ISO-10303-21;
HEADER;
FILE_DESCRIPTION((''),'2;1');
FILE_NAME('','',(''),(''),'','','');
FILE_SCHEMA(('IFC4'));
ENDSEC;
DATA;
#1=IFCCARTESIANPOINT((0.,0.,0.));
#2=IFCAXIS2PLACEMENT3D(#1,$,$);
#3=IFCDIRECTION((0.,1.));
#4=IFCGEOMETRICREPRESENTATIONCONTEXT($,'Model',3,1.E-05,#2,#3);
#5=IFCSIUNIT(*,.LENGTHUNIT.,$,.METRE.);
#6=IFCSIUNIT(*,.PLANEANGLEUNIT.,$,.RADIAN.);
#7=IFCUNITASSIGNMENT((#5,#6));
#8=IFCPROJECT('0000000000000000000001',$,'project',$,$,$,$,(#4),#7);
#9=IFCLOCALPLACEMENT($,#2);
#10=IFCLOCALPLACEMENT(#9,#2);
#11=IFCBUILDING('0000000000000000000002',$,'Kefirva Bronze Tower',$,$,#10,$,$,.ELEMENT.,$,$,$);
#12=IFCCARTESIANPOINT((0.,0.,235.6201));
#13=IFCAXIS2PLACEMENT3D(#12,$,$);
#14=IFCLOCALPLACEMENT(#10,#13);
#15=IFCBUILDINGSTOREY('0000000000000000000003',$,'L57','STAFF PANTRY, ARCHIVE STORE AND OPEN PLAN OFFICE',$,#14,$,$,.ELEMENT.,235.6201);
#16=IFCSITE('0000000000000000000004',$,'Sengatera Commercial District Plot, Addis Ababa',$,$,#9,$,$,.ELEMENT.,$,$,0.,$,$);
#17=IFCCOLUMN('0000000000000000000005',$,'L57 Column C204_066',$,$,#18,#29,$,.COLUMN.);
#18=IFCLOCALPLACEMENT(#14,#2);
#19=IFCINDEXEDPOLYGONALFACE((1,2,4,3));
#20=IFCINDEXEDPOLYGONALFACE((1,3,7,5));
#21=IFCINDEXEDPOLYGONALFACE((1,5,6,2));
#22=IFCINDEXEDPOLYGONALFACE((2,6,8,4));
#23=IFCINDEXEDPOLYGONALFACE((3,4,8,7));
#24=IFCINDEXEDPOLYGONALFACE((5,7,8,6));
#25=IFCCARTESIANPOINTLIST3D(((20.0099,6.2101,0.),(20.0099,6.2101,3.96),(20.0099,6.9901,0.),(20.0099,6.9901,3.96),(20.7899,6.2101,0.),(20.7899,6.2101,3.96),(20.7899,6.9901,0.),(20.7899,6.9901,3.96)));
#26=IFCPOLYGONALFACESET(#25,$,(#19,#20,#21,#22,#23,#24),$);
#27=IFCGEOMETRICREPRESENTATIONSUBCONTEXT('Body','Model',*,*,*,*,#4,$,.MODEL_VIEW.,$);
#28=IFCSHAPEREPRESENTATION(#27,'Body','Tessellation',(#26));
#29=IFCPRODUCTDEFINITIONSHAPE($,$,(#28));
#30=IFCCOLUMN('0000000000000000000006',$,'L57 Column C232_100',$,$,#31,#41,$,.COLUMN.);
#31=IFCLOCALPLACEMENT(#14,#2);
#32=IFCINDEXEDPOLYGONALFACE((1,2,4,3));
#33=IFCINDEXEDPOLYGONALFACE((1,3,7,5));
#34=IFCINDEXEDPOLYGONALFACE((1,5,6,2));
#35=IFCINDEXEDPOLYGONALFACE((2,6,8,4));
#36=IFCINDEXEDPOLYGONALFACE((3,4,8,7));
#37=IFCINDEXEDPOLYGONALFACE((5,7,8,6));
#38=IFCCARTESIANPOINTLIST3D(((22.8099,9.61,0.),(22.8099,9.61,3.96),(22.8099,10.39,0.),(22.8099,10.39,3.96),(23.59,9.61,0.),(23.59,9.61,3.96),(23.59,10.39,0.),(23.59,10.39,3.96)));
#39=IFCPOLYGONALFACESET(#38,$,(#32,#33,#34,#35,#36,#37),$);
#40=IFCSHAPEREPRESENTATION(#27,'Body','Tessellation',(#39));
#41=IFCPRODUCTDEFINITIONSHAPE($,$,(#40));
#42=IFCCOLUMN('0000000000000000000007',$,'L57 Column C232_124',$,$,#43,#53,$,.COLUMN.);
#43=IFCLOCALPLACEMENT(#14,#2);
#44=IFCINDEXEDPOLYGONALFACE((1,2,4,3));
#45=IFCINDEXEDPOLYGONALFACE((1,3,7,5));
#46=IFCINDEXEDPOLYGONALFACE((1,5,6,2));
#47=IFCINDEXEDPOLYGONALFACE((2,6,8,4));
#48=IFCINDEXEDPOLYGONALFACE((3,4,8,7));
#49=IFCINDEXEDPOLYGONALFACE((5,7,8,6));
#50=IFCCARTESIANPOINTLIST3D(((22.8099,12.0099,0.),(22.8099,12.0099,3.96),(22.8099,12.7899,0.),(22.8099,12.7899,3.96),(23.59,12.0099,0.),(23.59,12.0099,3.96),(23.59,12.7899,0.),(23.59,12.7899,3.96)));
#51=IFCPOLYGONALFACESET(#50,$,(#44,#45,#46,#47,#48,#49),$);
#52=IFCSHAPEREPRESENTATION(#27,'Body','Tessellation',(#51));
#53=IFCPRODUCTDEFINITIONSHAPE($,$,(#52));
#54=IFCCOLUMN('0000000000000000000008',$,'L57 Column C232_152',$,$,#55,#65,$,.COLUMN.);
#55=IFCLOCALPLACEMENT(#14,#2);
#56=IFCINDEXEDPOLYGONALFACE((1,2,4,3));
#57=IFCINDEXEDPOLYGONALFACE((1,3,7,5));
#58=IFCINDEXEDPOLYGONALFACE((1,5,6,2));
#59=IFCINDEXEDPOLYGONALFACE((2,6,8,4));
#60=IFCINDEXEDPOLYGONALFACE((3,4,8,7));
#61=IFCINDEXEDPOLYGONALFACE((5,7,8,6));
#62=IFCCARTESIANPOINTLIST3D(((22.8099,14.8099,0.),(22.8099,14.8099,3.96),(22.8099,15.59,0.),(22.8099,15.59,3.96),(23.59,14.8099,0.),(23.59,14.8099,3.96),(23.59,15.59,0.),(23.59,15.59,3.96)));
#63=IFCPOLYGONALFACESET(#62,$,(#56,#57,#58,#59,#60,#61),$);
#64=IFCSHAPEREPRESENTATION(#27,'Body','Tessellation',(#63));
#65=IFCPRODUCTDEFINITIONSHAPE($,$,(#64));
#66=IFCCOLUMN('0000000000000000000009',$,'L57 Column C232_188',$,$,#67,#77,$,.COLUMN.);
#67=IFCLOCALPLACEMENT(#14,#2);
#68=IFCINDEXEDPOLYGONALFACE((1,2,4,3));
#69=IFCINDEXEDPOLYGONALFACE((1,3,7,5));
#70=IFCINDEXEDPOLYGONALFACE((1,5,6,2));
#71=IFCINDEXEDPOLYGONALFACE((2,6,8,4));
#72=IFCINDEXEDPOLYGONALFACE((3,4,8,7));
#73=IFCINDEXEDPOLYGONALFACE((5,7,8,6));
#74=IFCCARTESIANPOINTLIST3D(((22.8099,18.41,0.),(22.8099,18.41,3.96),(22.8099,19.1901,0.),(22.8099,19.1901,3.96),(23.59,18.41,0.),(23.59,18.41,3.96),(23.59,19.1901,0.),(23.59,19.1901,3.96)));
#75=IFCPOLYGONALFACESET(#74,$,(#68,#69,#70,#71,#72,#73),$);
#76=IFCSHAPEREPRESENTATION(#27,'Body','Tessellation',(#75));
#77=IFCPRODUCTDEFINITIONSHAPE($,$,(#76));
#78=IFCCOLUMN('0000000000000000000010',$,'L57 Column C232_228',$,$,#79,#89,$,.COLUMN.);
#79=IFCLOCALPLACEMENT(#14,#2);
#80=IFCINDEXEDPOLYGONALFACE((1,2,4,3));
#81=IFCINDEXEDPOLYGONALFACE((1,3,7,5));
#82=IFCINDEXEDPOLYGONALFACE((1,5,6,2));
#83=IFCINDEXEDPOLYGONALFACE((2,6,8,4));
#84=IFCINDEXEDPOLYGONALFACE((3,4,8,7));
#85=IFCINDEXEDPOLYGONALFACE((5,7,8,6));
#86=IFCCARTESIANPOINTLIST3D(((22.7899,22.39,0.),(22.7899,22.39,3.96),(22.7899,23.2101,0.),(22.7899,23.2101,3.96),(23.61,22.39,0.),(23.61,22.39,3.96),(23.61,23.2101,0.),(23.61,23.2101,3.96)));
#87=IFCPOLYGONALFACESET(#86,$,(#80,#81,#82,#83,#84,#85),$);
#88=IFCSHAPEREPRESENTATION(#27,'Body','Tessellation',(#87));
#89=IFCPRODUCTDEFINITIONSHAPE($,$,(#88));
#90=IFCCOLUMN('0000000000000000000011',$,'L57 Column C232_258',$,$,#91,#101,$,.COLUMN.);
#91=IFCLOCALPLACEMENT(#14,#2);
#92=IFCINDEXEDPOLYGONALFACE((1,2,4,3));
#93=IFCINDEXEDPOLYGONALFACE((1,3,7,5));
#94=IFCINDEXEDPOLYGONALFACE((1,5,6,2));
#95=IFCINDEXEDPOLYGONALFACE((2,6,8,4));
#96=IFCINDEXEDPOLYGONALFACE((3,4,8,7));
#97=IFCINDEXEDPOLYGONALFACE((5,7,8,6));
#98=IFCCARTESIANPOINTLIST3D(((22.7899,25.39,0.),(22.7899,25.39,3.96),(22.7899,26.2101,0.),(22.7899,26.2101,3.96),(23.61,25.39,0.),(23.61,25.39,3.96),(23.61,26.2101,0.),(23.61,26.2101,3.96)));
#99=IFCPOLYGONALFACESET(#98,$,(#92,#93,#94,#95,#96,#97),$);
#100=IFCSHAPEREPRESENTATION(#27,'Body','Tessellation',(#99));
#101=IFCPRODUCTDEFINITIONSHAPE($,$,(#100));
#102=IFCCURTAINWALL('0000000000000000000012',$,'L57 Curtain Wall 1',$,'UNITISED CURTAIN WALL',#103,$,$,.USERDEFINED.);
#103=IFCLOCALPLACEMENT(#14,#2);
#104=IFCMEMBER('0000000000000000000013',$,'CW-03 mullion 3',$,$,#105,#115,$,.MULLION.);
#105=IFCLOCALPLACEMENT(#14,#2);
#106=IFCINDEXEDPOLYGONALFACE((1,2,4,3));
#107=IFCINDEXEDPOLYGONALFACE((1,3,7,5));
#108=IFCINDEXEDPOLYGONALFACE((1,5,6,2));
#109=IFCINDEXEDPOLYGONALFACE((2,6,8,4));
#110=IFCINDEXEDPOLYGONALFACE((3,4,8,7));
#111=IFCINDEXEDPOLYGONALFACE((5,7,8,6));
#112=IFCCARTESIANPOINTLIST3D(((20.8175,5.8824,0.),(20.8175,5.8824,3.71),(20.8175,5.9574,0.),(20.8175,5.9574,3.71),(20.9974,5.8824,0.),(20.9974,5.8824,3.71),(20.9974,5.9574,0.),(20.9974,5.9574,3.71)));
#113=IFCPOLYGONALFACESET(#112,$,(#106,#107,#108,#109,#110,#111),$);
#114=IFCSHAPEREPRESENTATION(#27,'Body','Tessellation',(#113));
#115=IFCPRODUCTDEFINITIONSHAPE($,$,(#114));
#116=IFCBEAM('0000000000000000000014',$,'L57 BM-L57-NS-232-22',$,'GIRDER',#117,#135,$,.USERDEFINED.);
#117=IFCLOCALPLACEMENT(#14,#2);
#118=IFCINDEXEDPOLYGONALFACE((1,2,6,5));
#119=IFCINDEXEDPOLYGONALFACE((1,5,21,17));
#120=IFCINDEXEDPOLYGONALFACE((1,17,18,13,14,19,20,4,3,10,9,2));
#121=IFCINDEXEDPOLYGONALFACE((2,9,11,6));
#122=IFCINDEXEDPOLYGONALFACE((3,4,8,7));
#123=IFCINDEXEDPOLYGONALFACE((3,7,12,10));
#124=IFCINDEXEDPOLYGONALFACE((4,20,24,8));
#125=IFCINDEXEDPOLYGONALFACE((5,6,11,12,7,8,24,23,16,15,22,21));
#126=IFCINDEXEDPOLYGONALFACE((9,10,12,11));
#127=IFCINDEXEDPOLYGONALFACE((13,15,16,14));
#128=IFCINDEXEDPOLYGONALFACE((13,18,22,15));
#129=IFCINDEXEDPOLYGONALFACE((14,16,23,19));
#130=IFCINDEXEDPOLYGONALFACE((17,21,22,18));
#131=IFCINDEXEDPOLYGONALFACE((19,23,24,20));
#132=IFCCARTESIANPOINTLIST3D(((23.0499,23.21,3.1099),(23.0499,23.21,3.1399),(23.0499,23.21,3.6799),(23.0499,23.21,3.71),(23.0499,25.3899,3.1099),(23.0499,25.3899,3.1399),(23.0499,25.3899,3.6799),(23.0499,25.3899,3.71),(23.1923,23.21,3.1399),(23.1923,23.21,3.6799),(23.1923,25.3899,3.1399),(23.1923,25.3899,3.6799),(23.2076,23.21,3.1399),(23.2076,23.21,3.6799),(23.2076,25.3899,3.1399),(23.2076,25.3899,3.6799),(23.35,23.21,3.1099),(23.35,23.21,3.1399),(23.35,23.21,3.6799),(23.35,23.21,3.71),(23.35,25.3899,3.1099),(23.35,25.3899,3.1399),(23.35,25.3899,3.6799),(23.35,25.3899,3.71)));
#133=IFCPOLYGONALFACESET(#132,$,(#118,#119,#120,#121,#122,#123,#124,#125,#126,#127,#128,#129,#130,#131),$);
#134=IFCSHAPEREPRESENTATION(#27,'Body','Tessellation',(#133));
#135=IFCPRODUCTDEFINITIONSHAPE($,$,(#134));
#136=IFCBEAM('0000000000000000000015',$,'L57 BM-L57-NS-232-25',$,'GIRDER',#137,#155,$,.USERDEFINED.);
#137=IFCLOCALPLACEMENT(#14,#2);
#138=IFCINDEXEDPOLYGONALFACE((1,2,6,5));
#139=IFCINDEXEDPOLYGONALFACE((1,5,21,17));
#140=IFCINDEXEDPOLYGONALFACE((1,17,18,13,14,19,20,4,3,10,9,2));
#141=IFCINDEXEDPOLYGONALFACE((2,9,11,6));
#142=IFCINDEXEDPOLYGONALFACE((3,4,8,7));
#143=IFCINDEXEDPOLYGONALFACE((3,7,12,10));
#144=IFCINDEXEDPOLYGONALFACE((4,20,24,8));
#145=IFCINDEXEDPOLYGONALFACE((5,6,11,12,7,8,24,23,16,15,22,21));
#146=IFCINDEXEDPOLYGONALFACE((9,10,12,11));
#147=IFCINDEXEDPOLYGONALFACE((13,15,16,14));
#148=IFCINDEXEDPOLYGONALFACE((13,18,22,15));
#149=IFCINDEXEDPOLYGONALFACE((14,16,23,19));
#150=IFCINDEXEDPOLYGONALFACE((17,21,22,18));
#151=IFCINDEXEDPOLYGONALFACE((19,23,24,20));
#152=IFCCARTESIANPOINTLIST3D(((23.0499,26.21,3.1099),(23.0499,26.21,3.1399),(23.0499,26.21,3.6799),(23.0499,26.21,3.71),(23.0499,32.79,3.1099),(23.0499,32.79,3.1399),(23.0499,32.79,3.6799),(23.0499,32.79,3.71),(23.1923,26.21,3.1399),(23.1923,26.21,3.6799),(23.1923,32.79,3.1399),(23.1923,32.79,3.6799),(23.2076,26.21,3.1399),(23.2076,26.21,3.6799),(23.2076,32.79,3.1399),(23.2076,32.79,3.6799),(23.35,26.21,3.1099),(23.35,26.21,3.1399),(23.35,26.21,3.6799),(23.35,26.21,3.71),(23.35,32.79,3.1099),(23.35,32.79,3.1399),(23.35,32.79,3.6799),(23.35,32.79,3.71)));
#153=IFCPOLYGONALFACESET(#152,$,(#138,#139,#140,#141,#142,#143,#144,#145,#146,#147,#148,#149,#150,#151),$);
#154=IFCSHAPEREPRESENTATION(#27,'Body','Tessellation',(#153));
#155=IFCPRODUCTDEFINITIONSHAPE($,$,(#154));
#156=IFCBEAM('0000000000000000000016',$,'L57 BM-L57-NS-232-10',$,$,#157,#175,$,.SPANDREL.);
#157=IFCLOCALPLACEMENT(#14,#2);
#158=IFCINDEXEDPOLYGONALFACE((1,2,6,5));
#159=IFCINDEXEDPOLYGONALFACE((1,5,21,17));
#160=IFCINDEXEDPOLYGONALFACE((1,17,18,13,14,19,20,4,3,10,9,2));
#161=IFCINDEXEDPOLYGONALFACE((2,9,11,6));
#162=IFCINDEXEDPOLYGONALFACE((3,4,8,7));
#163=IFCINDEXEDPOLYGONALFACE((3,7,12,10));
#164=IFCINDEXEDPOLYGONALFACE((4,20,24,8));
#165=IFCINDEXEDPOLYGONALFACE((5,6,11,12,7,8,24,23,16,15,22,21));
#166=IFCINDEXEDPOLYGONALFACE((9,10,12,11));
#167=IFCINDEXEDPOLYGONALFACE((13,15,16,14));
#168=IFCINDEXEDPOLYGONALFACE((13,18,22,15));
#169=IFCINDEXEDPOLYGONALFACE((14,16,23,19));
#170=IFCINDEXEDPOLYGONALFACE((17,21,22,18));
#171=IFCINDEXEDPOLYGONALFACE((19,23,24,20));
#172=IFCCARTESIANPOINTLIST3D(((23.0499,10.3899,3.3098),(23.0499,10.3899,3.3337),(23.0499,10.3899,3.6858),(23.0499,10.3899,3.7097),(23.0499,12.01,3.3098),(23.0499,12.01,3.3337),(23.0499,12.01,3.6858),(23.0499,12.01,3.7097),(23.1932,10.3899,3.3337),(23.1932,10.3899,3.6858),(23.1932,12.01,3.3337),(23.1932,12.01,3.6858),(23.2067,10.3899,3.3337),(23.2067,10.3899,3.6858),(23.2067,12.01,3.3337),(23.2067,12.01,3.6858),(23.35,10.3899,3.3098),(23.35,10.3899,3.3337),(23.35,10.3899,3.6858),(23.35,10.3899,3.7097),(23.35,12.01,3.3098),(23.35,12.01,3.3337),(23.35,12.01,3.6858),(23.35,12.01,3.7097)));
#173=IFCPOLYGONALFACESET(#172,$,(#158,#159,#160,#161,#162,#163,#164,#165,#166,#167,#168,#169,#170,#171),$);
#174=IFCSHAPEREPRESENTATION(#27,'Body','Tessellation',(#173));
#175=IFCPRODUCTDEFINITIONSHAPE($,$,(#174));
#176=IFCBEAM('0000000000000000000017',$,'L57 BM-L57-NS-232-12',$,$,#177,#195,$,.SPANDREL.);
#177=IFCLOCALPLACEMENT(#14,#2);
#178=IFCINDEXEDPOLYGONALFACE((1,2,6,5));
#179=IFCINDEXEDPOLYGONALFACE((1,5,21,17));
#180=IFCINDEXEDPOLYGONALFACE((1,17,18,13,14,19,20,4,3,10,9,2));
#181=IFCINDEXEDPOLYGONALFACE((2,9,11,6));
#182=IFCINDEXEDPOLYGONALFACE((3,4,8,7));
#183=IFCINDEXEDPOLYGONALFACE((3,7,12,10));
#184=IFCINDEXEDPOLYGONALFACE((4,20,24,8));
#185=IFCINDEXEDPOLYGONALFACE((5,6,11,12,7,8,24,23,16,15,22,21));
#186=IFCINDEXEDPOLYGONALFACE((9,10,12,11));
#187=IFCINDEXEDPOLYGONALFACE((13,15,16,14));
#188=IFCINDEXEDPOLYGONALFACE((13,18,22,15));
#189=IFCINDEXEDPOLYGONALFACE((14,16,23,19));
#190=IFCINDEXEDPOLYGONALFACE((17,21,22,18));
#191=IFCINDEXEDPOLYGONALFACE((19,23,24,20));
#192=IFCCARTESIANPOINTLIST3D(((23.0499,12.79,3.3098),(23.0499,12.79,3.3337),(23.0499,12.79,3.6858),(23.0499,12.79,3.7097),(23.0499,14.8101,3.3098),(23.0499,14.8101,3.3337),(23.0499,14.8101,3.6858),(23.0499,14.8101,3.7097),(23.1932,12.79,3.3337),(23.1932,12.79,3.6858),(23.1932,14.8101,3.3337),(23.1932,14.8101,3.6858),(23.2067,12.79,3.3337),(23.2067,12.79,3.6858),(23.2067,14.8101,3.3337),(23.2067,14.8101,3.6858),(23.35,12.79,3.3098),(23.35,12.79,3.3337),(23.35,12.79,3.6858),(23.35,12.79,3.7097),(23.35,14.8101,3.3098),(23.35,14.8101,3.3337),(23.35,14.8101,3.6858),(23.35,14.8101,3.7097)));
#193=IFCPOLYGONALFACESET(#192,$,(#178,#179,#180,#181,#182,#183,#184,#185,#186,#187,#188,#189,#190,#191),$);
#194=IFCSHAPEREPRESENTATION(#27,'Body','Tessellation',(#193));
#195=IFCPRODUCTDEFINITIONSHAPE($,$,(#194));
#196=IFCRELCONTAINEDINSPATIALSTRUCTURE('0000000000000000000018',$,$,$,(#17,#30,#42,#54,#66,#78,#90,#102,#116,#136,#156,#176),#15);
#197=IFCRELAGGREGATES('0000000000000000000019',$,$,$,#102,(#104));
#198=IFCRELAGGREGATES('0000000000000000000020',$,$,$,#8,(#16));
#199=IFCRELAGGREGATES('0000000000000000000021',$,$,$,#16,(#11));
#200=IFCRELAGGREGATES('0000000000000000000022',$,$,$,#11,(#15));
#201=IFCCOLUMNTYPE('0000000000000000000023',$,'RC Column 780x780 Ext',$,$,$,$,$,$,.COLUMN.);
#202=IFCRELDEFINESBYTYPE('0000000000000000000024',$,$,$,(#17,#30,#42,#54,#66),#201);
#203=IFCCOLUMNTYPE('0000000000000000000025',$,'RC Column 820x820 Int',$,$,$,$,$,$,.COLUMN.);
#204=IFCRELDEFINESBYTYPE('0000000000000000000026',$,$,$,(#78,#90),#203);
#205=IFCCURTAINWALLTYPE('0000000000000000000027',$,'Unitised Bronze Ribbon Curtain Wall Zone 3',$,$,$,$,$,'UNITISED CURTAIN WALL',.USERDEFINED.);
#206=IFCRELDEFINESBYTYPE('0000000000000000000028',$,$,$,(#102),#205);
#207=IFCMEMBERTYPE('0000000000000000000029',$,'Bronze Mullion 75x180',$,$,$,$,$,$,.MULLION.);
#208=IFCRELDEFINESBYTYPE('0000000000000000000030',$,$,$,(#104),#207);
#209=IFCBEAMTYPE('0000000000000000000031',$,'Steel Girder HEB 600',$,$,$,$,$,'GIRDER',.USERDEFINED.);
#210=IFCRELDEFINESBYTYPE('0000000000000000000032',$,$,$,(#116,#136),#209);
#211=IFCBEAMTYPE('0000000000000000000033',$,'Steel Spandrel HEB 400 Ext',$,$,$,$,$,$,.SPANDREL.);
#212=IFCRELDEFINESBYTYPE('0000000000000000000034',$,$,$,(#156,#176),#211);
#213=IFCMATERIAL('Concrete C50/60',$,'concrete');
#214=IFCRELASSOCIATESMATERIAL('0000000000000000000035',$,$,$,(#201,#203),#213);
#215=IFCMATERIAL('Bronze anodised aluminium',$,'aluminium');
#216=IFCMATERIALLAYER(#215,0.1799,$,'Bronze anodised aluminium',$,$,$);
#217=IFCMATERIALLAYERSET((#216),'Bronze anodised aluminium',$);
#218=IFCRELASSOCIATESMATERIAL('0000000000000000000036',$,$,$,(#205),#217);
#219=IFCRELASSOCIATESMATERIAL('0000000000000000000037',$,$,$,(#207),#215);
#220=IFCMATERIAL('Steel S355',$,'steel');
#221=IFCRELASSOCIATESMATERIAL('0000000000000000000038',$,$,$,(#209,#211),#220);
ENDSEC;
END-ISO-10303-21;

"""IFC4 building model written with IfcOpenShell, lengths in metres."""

from ifc_helpers import new_model, si_unit, direction, frame, origin, origin_2d, place, context, subcontext, project, spatial, rectangle, i_section, extrude, material, layer, layer_set, material_profile, profile_set, type_object, element, aggregate, save


model = new_model("IFC4")

# Units and contexts
model_context = context("Model", 3, precision=1e-05, world=origin(), true_north=direction((0.0, 1.0)))
body_context = subcontext(model_context, "Body", "Model", "MODEL_VIEW")
ifc_project = project(units=[si_unit("LENGTHUNIT", "METRE"), si_unit("PLANEANGLEUNIT", "RADIAN")], contexts=[model_context])

# Site, building, storey
site_placement = place(None, origin())
site = spatial("IfcSite", under=ifc_project, at=site_placement, Name="Sengatera Commercial District Plot, Addis Ababa", CompositionType="ELEMENT", RefElevation=0.0)
building_placement = place(site_placement, origin())
building = spatial("IfcBuilding", under=site, at=building_placement, Name="Kefirva Bronze Tower", CompositionType="ELEMENT")
storey_placement = place(building_placement, frame((0.0, 0.0, 235.6201)))
storey = spatial("IfcBuildingStorey", under=building, at=storey_placement, Name="L57", Description="STAFF PANTRY, ARCHIVE STORE AND OPEN PLAN OFFICE", CompositionType="ELEMENT", Elevation=235.6201)

# Columns
ifc_material_1 = material(Name="Concrete C50/60", Category="concrete")
ifc_material_profile_1 = material_profile(ifc_material_1, rectangle(XDim=0.78, YDim=0.78, at=origin_2d()), Name="RC 780x780")
ifc_profile_set_1 = profile_set([ifc_material_profile_1], Name="Concrete C50/60")
column_type_1 = type_object("IfcColumnType", Name="RC Column 780x780 Ext", PredefinedType="COLUMN", material=ifc_profile_set_1)
for number, where, z_axis, x_axis, name in (
    (1, (20.3999, 6.6001, 0.0), (0.0, 0.0, 1.0), (1.0, 0.0, 0.0), "L57 Column C204_066"),
    (2, (23.2, 10.0, 0.0), (0.0, 0.0, 1.0), (1.0, 0.0, 0.0), "L57 Column C232_100"),
    (3, (23.2, 12.3999, 0.0), (0.0, 0.0, 1.0), (1.0, 0.0, 0.0), "L57 Column C232_124"),
    (4, (23.2, 15.2, 0.0), (0.0, 0.0, 1.0), (1.0, 0.0, 0.0), "L57 Column C232_152"),
    (5, (23.2, 18.8, 0.0), (0.0, 0.0, 1.0), (1.0, 0.0, 0.0), "L57 Column C232_188"),
):
    element("IfcColumn", number, at=place(storey_placement, frame(where, z_axis=z_axis, x_axis=x_axis)), inside=storey, type_object=column_type_1, Name=name, PredefinedType="COLUMN", context=body_context, shape_type="SweptSolid", body=[
        extrude(rectangle(XDim=0.78, YDim=0.78, at=origin_2d()), origin(), (0.0, 0.0, 1.0), 3.96),
    ])
ifc_material_profile_2 = material_profile(ifc_material_1, rectangle(XDim=0.8201, YDim=0.8201, at=origin_2d()), Name="RC 820x820")
ifc_profile_set_2 = profile_set([ifc_material_profile_2], Name="Concrete C50/60")
column_type_2 = type_object("IfcColumnType", Name="RC Column 820x820 Int", PredefinedType="COLUMN", material=ifc_profile_set_2)
for number, where, z_axis, x_axis, name in (
    (6, (23.2, 22.8, 0.0), (0.0, 0.0, 1.0), (1.0, 0.0, 0.0), "L57 Column C232_228"),
    (7, (23.2, 25.8, 0.0), (0.0, 0.0, 1.0), (1.0, 0.0, 0.0), "L57 Column C232_258"),
):
    element("IfcColumn", number, at=place(storey_placement, frame(where, z_axis=z_axis, x_axis=x_axis)), inside=storey, type_object=column_type_2, Name=name, PredefinedType="COLUMN", context=body_context, shape_type="SweptSolid", body=[
        extrude(rectangle(XDim=0.8201, YDim=0.8201, at=origin_2d()), origin(), (0.0, 0.0, 1.0), 3.96),
    ])

# Curtain wall, member
ifc_material_2 = material(Name="Bronze anodised aluminium", Category="aluminium")
ifc_layer_1 = layer(ifc_material_2, 0.1799, Name="Bronze anodised aluminium")
ifc_layer_set_1 = layer_set([ifc_layer_1], Name="Bronze anodised aluminium")
curtain_wall_type = type_object("IfcCurtainWallType", Name="Unitised Bronze Ribbon Curtain Wall Zone 3", ElementType="UNITISED CURTAIN WALL", PredefinedType="USERDEFINED", material=ifc_layer_set_1)
curtain_wall_placement = place(storey_placement, origin())
curtain_wall = element("IfcCurtainWall", 8, at=curtain_wall_placement, inside=storey, type_object=curtain_wall_type, Name="L57 Curtain Wall 1", ObjectType="UNITISED CURTAIN WALL", PredefinedType="USERDEFINED")
ifc_material_profile_3 = material_profile(ifc_material_2, rectangle(XDim=0.075, YDim=0.1799, at=origin_2d()), Name="ALU 75x180")
ifc_profile_set_3 = profile_set([ifc_material_profile_3], Name="Bronze anodised aluminium")
member_type = type_object("IfcMemberType", Name="Bronze Mullion 75x180", PredefinedType="MULLION", material=ifc_profile_set_3)
member_placement = place(storey_placement, frame((20.9075, 5.9199, 0.0), z_axis=(0.0, 0.0, 1.0), x_axis=(0.0, 1.0, 0.0)))
member = element("IfcMember", 9, at=member_placement, type_object=member_type, Name="CW-03 mullion 3", PredefinedType="MULLION", context=body_context, shape_type="SweptSolid", body=[
    extrude(rectangle(XDim=0.075, YDim=0.1799, at=origin_2d()), origin(), (0.0, 0.0, 1.0), 3.71),
])

# Beams
ifc_material_3 = material(Name="Steel S355", Category="steel")
ifc_material_profile_4 = material_profile(ifc_material_3, i_section(OverallWidth=0.3, OverallDepth=0.6001, WebThickness=0.0154, FlangeThickness=0.03, at=origin_2d()), Name="HEB 600")
ifc_profile_set_4 = profile_set([ifc_material_profile_4], Name="Steel S355")
beam_type_1 = type_object("IfcBeamType", Name="Steel Girder HEB 600", ElementType="GIRDER", PredefinedType="USERDEFINED", material=ifc_profile_set_4)
beam_1_placement = place(storey_placement, frame((23.2, 23.21, 3.4099), z_axis=(0.0, 1.0, 0.0), x_axis=(-1.0, 0.0, 0.0)))
element("IfcBeam", 10, at=beam_1_placement, inside=storey, type_object=beam_type_1, Name="L57 BM-L57-NS-232-22", ObjectType="GIRDER", PredefinedType="USERDEFINED", context=body_context, shape_type="SweptSolid", body=[
    extrude(i_section(OverallWidth=0.3, OverallDepth=0.6001, WebThickness=0.0154, FlangeThickness=0.03, at=origin_2d()), origin(), (0.0, 0.0, 1.0), 2.1799),
])
beam_2_placement = place(storey_placement, frame((23.2, 26.21, 3.4099), z_axis=(0.0, 1.0, 0.0), x_axis=(-1.0, 0.0, 0.0)))
element("IfcBeam", 11, at=beam_2_placement, inside=storey, type_object=beam_type_1, Name="L57 BM-L57-NS-232-25", ObjectType="GIRDER", PredefinedType="USERDEFINED", context=body_context, shape_type="SweptSolid", body=[
    extrude(i_section(OverallWidth=0.3, OverallDepth=0.6001, WebThickness=0.0154, FlangeThickness=0.03, at=origin_2d()), origin(), (0.0, 0.0, 1.0), 6.5801),
])
ifc_material_profile_5 = material_profile(ifc_material_3, i_section(OverallWidth=0.3, OverallDepth=0.3999, WebThickness=0.0134, FlangeThickness=0.0239, at=origin_2d()), Name="HEB 400")
ifc_profile_set_5 = profile_set([ifc_material_profile_5], Name="Steel S355")
beam_type_2 = type_object("IfcBeamType", Name="Steel Spandrel HEB 400 Ext", PredefinedType="SPANDREL", material=ifc_profile_set_5)
beam_3_placement = place(storey_placement, frame((23.2, 10.3899, 3.5098), z_axis=(0.0, 1.0, 0.0), x_axis=(-1.0, 0.0, 0.0)))
element("IfcBeam", 12, at=beam_3_placement, inside=storey, type_object=beam_type_2, Name="L57 BM-L57-NS-232-10", PredefinedType="SPANDREL", context=body_context, shape_type="SweptSolid", body=[
    extrude(i_section(OverallWidth=0.3, OverallDepth=0.3999, WebThickness=0.0134, FlangeThickness=0.0239, at=origin_2d()), origin(), (0.0, 0.0, 1.0), 1.6201),
])
beam_4_placement = place(storey_placement, frame((23.2, 12.79, 3.5098), z_axis=(0.0, 1.0, 0.0), x_axis=(-1.0, 0.0, 0.0)))
element("IfcBeam", 13, at=beam_4_placement, inside=storey, type_object=beam_type_2, Name="L57 BM-L57-NS-232-12", PredefinedType="SPANDREL", context=body_context, shape_type="SweptSolid", body=[
    extrude(i_section(OverallWidth=0.3, OverallDepth=0.3999, WebThickness=0.0134, FlangeThickness=0.0239, at=origin_2d()), origin(), (0.0, 0.0, 1.0), 2.02),
])

aggregate(curtain_wall, [member])

save(model, "model.ifc")
